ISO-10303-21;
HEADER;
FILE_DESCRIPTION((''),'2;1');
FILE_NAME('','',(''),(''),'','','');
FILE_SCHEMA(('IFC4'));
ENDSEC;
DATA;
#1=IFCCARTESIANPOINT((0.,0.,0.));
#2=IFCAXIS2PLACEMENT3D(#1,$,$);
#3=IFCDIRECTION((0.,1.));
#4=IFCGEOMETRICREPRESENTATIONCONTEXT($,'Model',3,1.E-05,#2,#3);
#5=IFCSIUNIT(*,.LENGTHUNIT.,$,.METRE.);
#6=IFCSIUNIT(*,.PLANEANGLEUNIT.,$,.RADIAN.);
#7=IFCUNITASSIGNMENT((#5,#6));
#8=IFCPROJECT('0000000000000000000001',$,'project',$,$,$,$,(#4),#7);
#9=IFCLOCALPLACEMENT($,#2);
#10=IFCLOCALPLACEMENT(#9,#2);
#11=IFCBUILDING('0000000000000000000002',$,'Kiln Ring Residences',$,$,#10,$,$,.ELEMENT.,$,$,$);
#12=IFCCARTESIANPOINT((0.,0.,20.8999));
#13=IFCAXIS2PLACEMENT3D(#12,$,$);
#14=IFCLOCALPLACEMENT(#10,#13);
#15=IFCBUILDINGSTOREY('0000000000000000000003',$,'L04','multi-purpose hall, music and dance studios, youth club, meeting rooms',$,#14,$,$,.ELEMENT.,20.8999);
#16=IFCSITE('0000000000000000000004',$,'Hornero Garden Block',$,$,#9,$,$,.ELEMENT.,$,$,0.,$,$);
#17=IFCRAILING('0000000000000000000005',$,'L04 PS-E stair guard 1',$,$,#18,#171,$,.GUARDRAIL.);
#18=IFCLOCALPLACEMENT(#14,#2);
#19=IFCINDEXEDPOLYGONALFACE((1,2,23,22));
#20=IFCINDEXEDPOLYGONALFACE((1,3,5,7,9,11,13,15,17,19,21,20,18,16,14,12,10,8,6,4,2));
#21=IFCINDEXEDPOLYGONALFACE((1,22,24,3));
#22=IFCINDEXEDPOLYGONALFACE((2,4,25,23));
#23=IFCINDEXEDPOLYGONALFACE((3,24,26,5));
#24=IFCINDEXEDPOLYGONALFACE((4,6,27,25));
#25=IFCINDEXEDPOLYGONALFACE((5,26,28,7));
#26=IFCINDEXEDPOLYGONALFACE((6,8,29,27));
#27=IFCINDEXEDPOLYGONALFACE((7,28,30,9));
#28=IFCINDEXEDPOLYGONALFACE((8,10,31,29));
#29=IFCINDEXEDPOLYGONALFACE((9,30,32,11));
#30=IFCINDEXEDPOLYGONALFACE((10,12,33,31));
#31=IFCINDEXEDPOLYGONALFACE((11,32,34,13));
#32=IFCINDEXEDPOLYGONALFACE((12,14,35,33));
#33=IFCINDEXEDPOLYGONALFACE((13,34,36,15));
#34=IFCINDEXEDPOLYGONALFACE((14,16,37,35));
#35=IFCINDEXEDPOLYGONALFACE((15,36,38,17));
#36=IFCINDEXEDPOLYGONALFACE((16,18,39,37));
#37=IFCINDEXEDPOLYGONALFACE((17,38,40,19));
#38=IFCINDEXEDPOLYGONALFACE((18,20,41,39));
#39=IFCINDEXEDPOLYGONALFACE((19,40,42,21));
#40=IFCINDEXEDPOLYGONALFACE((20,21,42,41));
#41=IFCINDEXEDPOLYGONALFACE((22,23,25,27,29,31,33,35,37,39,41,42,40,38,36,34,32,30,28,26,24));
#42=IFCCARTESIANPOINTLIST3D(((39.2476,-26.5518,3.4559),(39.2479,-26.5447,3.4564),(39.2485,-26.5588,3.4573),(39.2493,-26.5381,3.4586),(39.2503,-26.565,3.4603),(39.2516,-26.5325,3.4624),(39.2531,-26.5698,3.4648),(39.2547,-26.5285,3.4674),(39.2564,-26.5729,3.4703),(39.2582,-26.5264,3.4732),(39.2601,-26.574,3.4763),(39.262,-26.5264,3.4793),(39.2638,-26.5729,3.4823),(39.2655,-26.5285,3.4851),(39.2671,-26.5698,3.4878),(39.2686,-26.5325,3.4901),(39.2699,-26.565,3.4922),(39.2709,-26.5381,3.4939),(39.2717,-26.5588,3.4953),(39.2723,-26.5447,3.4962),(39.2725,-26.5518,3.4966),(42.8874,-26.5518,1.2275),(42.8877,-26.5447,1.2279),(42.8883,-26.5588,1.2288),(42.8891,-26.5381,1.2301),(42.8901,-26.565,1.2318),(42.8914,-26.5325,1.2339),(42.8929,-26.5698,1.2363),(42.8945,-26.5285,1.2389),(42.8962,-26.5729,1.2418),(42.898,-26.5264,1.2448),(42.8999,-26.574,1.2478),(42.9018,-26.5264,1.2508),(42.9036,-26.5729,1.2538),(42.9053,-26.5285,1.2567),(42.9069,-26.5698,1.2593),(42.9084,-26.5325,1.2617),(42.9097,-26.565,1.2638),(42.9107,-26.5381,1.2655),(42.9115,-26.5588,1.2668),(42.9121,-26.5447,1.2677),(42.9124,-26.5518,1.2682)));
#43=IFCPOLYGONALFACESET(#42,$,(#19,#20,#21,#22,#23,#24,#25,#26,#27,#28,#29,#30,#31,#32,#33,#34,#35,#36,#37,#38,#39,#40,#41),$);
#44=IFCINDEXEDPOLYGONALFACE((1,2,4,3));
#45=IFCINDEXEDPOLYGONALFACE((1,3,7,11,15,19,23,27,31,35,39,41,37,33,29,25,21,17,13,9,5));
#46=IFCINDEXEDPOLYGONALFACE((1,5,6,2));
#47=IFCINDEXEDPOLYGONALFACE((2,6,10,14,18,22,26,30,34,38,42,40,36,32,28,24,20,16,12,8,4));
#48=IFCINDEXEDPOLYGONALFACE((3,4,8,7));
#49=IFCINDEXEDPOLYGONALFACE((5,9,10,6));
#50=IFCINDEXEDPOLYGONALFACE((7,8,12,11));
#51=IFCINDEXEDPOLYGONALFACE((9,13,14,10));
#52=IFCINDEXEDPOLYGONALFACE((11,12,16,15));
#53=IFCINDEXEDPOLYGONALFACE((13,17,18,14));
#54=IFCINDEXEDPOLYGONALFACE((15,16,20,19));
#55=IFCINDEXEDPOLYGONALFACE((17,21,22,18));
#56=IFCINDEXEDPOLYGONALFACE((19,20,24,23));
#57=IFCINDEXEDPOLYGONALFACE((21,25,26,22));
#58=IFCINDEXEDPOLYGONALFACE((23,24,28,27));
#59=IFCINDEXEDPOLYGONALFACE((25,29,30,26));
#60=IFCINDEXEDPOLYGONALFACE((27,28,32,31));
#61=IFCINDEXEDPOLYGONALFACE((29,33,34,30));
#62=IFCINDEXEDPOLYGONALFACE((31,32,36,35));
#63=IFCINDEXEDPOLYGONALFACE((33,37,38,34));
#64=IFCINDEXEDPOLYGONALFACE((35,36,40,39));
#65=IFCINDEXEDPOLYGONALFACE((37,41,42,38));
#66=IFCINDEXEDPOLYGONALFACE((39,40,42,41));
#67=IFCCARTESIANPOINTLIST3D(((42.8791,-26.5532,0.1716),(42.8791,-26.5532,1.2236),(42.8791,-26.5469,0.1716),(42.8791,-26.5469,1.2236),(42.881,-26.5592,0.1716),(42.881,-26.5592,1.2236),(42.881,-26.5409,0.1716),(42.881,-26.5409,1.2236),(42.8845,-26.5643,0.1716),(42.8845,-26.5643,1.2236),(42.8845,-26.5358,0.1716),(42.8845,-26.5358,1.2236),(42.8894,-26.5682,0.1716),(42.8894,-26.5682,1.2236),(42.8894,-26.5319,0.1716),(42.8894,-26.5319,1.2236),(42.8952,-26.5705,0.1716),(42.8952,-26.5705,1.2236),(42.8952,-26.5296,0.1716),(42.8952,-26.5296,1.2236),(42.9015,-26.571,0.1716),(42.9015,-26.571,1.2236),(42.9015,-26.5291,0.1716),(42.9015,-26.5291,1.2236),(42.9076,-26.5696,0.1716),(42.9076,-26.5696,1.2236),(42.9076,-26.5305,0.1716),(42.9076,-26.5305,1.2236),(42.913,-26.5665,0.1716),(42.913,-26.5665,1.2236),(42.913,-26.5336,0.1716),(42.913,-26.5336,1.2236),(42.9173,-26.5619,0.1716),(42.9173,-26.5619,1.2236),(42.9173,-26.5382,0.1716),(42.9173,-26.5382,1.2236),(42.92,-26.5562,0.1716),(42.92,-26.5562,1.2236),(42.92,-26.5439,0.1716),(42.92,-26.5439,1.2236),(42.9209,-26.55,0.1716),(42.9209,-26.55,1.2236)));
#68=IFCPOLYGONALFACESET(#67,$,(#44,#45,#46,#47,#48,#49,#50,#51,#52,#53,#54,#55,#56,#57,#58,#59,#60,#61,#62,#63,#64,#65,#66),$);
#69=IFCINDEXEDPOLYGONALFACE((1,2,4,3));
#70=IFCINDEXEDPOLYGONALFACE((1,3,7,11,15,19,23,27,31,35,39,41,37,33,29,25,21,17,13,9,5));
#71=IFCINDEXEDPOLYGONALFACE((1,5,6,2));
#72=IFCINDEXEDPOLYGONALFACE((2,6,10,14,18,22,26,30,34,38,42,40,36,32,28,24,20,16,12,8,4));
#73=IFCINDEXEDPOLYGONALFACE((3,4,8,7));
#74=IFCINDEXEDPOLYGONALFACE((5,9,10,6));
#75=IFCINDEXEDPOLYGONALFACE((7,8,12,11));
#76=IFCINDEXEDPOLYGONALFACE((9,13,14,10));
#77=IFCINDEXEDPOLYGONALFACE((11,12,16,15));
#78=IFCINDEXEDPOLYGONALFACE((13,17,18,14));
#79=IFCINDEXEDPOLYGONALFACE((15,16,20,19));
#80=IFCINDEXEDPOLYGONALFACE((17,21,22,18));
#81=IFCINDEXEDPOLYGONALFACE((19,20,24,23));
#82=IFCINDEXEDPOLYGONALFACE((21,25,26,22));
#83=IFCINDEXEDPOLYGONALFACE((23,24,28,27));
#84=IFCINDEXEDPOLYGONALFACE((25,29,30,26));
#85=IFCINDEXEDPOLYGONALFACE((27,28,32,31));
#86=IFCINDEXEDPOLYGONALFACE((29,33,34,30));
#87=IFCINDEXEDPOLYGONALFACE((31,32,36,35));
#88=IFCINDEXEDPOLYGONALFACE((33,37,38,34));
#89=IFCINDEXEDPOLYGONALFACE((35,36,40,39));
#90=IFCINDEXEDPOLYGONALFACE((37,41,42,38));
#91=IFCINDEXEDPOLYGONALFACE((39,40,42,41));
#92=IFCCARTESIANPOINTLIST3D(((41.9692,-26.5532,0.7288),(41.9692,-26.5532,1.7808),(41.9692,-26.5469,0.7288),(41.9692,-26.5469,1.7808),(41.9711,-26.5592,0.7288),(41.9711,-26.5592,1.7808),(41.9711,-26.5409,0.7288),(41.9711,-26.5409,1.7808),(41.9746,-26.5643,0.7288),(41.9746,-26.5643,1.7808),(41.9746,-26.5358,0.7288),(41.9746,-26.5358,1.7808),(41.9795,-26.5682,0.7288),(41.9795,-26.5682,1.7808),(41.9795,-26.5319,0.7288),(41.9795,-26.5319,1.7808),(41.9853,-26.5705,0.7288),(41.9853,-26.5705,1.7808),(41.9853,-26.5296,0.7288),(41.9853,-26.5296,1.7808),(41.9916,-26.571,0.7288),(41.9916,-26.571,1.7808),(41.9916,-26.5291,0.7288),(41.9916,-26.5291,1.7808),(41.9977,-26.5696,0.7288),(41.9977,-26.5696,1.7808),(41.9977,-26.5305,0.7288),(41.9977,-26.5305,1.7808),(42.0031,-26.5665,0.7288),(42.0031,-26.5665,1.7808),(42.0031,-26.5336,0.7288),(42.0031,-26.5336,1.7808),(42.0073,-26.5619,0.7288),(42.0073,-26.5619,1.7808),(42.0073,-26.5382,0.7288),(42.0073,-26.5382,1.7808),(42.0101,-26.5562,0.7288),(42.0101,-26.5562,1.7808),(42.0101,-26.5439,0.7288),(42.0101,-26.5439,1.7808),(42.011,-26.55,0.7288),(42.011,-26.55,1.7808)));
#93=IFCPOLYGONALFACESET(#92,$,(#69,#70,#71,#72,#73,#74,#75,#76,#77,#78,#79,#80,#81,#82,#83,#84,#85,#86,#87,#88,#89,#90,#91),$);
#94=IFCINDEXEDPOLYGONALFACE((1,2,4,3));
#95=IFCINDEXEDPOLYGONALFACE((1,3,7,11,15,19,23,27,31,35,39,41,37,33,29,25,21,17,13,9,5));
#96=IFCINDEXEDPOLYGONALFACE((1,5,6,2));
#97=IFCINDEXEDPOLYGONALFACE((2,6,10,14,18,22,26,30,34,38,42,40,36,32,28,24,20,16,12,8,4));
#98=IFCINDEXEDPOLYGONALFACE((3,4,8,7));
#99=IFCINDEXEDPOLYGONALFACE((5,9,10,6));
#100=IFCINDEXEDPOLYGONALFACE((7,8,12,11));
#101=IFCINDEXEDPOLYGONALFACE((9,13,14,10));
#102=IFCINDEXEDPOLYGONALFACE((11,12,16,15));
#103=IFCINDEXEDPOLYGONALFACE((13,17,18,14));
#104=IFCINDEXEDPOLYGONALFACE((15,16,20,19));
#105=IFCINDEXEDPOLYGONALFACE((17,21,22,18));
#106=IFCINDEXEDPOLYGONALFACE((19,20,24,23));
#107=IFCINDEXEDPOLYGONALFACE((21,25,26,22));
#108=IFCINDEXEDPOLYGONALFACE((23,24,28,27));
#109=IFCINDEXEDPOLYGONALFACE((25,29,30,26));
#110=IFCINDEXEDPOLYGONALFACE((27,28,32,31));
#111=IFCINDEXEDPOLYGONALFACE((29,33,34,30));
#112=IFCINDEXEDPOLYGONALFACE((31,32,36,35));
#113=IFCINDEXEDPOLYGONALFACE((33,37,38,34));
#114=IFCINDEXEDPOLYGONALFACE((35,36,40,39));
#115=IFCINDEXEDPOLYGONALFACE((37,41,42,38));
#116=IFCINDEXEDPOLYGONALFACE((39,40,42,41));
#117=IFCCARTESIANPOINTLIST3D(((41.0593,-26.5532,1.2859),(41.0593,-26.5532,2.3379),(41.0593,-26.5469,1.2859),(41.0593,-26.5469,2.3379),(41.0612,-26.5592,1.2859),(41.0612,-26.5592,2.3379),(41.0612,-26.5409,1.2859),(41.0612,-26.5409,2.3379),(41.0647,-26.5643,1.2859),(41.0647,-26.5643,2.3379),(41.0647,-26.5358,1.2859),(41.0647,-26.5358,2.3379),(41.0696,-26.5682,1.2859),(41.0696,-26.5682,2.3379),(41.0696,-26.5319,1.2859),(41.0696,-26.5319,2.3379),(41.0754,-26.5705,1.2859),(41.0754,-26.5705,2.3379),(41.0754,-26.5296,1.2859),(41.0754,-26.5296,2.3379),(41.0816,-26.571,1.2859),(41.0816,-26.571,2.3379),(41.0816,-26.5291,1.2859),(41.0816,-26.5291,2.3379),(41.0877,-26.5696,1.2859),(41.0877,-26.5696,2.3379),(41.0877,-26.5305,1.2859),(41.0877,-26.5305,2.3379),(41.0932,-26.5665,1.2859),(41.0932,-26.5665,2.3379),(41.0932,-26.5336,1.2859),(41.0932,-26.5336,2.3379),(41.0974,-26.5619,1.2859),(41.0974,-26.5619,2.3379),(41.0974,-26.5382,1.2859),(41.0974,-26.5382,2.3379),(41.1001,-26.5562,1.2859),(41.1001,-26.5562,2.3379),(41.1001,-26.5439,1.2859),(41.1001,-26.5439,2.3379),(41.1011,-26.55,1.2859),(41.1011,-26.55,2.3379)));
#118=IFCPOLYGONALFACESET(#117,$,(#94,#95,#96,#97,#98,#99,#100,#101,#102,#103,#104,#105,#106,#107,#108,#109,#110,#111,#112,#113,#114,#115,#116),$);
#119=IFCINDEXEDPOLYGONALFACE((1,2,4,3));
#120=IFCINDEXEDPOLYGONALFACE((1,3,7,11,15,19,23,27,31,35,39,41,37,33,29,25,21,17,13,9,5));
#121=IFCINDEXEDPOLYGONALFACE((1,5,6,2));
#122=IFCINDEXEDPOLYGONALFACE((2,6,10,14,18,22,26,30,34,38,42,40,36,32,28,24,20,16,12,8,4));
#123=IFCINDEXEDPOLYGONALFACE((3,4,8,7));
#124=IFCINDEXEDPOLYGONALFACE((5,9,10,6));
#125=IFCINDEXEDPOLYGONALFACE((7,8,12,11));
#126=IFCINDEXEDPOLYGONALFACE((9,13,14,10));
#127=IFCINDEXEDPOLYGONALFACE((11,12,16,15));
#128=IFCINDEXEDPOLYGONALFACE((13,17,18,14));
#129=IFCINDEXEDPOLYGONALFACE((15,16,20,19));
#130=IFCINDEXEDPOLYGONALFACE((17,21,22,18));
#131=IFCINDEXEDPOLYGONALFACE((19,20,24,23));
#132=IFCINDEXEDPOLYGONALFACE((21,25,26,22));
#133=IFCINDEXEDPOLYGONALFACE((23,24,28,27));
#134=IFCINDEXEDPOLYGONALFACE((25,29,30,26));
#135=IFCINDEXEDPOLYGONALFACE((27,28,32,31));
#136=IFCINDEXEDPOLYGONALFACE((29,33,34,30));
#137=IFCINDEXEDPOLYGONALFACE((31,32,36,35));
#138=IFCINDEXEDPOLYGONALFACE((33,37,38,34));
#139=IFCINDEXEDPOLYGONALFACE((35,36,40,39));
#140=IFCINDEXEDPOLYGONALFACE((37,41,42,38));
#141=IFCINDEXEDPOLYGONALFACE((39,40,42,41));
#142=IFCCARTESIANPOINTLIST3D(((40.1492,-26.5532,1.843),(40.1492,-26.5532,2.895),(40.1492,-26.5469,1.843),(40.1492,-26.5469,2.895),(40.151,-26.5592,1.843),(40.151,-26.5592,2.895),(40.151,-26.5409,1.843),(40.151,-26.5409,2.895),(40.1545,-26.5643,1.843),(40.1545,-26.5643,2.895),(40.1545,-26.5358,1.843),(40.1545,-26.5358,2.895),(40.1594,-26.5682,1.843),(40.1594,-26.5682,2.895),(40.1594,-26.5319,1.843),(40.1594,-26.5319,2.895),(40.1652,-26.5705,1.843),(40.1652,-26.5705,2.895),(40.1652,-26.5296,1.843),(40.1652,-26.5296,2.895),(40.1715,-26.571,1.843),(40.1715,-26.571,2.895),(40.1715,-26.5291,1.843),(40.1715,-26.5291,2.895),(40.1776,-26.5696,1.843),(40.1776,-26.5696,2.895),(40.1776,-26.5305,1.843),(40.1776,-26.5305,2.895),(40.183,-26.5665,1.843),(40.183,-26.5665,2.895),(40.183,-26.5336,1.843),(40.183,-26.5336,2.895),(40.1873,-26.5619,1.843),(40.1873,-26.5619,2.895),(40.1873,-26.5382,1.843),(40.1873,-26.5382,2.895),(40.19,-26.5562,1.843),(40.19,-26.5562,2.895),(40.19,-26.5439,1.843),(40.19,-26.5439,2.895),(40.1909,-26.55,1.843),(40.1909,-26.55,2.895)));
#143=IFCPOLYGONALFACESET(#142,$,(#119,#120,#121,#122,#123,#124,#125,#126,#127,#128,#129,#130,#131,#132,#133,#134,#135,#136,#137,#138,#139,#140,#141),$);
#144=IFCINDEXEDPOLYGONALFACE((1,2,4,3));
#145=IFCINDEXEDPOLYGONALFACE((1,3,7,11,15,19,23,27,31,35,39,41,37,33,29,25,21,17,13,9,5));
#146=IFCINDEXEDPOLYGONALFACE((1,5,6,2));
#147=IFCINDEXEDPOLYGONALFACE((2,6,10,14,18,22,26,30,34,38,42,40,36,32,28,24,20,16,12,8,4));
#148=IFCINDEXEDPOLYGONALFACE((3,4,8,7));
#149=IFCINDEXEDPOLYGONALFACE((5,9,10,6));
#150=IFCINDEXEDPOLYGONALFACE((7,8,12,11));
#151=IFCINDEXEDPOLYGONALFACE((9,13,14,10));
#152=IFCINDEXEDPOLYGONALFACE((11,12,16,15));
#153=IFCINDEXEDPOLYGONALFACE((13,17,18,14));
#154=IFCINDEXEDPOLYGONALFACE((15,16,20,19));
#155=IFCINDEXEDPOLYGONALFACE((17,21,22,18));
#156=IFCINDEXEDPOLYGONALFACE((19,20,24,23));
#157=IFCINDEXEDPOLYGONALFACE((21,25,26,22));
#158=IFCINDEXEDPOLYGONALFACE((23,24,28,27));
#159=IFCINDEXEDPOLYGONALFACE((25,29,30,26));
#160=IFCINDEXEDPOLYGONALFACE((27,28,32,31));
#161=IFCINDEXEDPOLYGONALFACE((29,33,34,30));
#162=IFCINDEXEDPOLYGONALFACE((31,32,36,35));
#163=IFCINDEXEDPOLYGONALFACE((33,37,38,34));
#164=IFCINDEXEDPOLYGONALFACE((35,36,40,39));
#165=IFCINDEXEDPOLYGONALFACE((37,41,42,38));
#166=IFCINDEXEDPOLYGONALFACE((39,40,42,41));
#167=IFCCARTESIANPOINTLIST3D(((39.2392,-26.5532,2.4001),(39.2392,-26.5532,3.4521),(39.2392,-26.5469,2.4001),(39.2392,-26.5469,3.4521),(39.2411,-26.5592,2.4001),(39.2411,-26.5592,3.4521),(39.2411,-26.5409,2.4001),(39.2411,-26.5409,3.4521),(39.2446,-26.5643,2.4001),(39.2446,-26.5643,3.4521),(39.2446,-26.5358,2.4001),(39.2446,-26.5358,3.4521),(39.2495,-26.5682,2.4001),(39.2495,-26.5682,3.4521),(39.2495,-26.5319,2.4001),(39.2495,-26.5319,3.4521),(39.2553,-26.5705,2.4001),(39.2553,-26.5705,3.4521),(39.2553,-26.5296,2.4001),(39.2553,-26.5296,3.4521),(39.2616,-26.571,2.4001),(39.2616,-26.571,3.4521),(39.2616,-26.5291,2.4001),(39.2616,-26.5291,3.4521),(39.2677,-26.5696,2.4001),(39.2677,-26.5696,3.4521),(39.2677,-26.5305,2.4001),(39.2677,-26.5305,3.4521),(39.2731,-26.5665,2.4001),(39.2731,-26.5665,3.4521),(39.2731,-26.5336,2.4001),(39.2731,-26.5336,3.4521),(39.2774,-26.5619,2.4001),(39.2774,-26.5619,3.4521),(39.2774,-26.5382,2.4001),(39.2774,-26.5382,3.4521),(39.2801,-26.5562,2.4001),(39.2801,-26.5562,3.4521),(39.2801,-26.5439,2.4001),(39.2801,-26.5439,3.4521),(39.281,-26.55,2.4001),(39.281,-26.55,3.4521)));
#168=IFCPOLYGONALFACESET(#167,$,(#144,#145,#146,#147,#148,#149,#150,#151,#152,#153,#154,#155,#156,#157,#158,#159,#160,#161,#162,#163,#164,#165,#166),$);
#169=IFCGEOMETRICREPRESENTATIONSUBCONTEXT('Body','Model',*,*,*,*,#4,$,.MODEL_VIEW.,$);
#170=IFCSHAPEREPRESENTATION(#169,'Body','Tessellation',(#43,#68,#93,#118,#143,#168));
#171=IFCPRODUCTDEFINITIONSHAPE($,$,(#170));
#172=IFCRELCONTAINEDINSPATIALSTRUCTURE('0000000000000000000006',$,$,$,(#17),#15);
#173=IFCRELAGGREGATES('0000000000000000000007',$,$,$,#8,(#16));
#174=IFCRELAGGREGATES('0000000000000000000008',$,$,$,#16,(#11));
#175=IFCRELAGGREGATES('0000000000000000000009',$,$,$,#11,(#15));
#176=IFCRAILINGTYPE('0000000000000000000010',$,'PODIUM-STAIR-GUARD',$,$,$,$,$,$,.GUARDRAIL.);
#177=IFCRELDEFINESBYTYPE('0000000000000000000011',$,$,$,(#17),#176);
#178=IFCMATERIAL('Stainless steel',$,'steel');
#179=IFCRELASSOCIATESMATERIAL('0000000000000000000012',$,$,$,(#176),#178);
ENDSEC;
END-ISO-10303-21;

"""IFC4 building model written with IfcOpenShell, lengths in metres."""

from ifc_helpers import new_model, si_unit, direction, frame, origin, origin_2d, place, context, subcontext, project, spatial, circle, extrude, material, type_object, element, save


model = new_model("IFC4")

# Units and contexts
model_context = context("Model", 3, precision=1e-05, world=origin(), true_north=direction((0.0, 1.0)))
body_context = subcontext(model_context, "Body", "Model", "MODEL_VIEW")
ifc_project = project(units=[si_unit("LENGTHUNIT", "METRE"), si_unit("PLANEANGLEUNIT", "RADIAN")], contexts=[model_context])

# Site, building, storey
site_placement = place(None, origin())
site = spatial("IfcSite", under=ifc_project, at=site_placement, Name="Hornero Garden Block", CompositionType="ELEMENT", RefElevation=0.0)
building_placement = place(site_placement, origin())
building = spatial("IfcBuilding", under=site, at=building_placement, Name="Kiln Ring Residences", CompositionType="ELEMENT")
storey_placement = place(building_placement, frame((0.0, 0.0, 20.8999)))
storey = spatial("IfcBuildingStorey", under=building, at=storey_placement, Name="L04", Description="multi-purpose hall, music and dance studios, youth club, meeting rooms", CompositionType="ELEMENT", Elevation=20.8999)

# Railing
ifc_material_1 = material(Name="Stainless steel", Category="steel")
railing_type_1 = type_object("IfcRailingType", Name="PODIUM-STAIR-GUARD", PredefinedType="GUARDRAIL", material=ifc_material_1)
railing_1_placement = place(storey_placement, frame((42.8999, -26.55, 0.1716)))
element("IfcRailing", 1, at=railing_1_placement, inside=storey, type_object=railing_type_1, Name="L04 PS-E stair guard 1", PredefinedType="GUARDRAIL", context=body_context, shape_type="SweptSolid", body=[
    extrude(circle(Radius=0.0239, at=origin_2d()), frame((0.0, 0.0, 1.0762), z_axis=(-0.85285, 0.0, 0.522156), x_axis=(0.0, -1.0, 0.0)), (0.0, 0.0, 1.0), 4.2678),
    extrude(circle(Radius=0.021, at=origin_2d()), origin(), (0.0, 0.0, 1.0), 1.052),
    extrude(circle(Radius=0.021, at=origin_2d()), frame((-0.9099, 0.0, 0.5571)), (0.0, 0.0, 1.0), 1.052),
    extrude(circle(Radius=0.021, at=origin_2d()), frame((-1.8198, 0.0, 1.1143)), (0.0, 0.0, 1.0), 1.052),
    extrude(circle(Radius=0.021, at=origin_2d()), frame((-2.73, 0.0, 1.6714)), (0.0, 0.0, 1.0), 1.052),
    extrude(circle(Radius=0.021, at=origin_2d()), frame((-3.6399, 0.0, 2.2285)), (0.0, 0.0, 1.0), 1.052),
])

save(model, "model.ifc")
